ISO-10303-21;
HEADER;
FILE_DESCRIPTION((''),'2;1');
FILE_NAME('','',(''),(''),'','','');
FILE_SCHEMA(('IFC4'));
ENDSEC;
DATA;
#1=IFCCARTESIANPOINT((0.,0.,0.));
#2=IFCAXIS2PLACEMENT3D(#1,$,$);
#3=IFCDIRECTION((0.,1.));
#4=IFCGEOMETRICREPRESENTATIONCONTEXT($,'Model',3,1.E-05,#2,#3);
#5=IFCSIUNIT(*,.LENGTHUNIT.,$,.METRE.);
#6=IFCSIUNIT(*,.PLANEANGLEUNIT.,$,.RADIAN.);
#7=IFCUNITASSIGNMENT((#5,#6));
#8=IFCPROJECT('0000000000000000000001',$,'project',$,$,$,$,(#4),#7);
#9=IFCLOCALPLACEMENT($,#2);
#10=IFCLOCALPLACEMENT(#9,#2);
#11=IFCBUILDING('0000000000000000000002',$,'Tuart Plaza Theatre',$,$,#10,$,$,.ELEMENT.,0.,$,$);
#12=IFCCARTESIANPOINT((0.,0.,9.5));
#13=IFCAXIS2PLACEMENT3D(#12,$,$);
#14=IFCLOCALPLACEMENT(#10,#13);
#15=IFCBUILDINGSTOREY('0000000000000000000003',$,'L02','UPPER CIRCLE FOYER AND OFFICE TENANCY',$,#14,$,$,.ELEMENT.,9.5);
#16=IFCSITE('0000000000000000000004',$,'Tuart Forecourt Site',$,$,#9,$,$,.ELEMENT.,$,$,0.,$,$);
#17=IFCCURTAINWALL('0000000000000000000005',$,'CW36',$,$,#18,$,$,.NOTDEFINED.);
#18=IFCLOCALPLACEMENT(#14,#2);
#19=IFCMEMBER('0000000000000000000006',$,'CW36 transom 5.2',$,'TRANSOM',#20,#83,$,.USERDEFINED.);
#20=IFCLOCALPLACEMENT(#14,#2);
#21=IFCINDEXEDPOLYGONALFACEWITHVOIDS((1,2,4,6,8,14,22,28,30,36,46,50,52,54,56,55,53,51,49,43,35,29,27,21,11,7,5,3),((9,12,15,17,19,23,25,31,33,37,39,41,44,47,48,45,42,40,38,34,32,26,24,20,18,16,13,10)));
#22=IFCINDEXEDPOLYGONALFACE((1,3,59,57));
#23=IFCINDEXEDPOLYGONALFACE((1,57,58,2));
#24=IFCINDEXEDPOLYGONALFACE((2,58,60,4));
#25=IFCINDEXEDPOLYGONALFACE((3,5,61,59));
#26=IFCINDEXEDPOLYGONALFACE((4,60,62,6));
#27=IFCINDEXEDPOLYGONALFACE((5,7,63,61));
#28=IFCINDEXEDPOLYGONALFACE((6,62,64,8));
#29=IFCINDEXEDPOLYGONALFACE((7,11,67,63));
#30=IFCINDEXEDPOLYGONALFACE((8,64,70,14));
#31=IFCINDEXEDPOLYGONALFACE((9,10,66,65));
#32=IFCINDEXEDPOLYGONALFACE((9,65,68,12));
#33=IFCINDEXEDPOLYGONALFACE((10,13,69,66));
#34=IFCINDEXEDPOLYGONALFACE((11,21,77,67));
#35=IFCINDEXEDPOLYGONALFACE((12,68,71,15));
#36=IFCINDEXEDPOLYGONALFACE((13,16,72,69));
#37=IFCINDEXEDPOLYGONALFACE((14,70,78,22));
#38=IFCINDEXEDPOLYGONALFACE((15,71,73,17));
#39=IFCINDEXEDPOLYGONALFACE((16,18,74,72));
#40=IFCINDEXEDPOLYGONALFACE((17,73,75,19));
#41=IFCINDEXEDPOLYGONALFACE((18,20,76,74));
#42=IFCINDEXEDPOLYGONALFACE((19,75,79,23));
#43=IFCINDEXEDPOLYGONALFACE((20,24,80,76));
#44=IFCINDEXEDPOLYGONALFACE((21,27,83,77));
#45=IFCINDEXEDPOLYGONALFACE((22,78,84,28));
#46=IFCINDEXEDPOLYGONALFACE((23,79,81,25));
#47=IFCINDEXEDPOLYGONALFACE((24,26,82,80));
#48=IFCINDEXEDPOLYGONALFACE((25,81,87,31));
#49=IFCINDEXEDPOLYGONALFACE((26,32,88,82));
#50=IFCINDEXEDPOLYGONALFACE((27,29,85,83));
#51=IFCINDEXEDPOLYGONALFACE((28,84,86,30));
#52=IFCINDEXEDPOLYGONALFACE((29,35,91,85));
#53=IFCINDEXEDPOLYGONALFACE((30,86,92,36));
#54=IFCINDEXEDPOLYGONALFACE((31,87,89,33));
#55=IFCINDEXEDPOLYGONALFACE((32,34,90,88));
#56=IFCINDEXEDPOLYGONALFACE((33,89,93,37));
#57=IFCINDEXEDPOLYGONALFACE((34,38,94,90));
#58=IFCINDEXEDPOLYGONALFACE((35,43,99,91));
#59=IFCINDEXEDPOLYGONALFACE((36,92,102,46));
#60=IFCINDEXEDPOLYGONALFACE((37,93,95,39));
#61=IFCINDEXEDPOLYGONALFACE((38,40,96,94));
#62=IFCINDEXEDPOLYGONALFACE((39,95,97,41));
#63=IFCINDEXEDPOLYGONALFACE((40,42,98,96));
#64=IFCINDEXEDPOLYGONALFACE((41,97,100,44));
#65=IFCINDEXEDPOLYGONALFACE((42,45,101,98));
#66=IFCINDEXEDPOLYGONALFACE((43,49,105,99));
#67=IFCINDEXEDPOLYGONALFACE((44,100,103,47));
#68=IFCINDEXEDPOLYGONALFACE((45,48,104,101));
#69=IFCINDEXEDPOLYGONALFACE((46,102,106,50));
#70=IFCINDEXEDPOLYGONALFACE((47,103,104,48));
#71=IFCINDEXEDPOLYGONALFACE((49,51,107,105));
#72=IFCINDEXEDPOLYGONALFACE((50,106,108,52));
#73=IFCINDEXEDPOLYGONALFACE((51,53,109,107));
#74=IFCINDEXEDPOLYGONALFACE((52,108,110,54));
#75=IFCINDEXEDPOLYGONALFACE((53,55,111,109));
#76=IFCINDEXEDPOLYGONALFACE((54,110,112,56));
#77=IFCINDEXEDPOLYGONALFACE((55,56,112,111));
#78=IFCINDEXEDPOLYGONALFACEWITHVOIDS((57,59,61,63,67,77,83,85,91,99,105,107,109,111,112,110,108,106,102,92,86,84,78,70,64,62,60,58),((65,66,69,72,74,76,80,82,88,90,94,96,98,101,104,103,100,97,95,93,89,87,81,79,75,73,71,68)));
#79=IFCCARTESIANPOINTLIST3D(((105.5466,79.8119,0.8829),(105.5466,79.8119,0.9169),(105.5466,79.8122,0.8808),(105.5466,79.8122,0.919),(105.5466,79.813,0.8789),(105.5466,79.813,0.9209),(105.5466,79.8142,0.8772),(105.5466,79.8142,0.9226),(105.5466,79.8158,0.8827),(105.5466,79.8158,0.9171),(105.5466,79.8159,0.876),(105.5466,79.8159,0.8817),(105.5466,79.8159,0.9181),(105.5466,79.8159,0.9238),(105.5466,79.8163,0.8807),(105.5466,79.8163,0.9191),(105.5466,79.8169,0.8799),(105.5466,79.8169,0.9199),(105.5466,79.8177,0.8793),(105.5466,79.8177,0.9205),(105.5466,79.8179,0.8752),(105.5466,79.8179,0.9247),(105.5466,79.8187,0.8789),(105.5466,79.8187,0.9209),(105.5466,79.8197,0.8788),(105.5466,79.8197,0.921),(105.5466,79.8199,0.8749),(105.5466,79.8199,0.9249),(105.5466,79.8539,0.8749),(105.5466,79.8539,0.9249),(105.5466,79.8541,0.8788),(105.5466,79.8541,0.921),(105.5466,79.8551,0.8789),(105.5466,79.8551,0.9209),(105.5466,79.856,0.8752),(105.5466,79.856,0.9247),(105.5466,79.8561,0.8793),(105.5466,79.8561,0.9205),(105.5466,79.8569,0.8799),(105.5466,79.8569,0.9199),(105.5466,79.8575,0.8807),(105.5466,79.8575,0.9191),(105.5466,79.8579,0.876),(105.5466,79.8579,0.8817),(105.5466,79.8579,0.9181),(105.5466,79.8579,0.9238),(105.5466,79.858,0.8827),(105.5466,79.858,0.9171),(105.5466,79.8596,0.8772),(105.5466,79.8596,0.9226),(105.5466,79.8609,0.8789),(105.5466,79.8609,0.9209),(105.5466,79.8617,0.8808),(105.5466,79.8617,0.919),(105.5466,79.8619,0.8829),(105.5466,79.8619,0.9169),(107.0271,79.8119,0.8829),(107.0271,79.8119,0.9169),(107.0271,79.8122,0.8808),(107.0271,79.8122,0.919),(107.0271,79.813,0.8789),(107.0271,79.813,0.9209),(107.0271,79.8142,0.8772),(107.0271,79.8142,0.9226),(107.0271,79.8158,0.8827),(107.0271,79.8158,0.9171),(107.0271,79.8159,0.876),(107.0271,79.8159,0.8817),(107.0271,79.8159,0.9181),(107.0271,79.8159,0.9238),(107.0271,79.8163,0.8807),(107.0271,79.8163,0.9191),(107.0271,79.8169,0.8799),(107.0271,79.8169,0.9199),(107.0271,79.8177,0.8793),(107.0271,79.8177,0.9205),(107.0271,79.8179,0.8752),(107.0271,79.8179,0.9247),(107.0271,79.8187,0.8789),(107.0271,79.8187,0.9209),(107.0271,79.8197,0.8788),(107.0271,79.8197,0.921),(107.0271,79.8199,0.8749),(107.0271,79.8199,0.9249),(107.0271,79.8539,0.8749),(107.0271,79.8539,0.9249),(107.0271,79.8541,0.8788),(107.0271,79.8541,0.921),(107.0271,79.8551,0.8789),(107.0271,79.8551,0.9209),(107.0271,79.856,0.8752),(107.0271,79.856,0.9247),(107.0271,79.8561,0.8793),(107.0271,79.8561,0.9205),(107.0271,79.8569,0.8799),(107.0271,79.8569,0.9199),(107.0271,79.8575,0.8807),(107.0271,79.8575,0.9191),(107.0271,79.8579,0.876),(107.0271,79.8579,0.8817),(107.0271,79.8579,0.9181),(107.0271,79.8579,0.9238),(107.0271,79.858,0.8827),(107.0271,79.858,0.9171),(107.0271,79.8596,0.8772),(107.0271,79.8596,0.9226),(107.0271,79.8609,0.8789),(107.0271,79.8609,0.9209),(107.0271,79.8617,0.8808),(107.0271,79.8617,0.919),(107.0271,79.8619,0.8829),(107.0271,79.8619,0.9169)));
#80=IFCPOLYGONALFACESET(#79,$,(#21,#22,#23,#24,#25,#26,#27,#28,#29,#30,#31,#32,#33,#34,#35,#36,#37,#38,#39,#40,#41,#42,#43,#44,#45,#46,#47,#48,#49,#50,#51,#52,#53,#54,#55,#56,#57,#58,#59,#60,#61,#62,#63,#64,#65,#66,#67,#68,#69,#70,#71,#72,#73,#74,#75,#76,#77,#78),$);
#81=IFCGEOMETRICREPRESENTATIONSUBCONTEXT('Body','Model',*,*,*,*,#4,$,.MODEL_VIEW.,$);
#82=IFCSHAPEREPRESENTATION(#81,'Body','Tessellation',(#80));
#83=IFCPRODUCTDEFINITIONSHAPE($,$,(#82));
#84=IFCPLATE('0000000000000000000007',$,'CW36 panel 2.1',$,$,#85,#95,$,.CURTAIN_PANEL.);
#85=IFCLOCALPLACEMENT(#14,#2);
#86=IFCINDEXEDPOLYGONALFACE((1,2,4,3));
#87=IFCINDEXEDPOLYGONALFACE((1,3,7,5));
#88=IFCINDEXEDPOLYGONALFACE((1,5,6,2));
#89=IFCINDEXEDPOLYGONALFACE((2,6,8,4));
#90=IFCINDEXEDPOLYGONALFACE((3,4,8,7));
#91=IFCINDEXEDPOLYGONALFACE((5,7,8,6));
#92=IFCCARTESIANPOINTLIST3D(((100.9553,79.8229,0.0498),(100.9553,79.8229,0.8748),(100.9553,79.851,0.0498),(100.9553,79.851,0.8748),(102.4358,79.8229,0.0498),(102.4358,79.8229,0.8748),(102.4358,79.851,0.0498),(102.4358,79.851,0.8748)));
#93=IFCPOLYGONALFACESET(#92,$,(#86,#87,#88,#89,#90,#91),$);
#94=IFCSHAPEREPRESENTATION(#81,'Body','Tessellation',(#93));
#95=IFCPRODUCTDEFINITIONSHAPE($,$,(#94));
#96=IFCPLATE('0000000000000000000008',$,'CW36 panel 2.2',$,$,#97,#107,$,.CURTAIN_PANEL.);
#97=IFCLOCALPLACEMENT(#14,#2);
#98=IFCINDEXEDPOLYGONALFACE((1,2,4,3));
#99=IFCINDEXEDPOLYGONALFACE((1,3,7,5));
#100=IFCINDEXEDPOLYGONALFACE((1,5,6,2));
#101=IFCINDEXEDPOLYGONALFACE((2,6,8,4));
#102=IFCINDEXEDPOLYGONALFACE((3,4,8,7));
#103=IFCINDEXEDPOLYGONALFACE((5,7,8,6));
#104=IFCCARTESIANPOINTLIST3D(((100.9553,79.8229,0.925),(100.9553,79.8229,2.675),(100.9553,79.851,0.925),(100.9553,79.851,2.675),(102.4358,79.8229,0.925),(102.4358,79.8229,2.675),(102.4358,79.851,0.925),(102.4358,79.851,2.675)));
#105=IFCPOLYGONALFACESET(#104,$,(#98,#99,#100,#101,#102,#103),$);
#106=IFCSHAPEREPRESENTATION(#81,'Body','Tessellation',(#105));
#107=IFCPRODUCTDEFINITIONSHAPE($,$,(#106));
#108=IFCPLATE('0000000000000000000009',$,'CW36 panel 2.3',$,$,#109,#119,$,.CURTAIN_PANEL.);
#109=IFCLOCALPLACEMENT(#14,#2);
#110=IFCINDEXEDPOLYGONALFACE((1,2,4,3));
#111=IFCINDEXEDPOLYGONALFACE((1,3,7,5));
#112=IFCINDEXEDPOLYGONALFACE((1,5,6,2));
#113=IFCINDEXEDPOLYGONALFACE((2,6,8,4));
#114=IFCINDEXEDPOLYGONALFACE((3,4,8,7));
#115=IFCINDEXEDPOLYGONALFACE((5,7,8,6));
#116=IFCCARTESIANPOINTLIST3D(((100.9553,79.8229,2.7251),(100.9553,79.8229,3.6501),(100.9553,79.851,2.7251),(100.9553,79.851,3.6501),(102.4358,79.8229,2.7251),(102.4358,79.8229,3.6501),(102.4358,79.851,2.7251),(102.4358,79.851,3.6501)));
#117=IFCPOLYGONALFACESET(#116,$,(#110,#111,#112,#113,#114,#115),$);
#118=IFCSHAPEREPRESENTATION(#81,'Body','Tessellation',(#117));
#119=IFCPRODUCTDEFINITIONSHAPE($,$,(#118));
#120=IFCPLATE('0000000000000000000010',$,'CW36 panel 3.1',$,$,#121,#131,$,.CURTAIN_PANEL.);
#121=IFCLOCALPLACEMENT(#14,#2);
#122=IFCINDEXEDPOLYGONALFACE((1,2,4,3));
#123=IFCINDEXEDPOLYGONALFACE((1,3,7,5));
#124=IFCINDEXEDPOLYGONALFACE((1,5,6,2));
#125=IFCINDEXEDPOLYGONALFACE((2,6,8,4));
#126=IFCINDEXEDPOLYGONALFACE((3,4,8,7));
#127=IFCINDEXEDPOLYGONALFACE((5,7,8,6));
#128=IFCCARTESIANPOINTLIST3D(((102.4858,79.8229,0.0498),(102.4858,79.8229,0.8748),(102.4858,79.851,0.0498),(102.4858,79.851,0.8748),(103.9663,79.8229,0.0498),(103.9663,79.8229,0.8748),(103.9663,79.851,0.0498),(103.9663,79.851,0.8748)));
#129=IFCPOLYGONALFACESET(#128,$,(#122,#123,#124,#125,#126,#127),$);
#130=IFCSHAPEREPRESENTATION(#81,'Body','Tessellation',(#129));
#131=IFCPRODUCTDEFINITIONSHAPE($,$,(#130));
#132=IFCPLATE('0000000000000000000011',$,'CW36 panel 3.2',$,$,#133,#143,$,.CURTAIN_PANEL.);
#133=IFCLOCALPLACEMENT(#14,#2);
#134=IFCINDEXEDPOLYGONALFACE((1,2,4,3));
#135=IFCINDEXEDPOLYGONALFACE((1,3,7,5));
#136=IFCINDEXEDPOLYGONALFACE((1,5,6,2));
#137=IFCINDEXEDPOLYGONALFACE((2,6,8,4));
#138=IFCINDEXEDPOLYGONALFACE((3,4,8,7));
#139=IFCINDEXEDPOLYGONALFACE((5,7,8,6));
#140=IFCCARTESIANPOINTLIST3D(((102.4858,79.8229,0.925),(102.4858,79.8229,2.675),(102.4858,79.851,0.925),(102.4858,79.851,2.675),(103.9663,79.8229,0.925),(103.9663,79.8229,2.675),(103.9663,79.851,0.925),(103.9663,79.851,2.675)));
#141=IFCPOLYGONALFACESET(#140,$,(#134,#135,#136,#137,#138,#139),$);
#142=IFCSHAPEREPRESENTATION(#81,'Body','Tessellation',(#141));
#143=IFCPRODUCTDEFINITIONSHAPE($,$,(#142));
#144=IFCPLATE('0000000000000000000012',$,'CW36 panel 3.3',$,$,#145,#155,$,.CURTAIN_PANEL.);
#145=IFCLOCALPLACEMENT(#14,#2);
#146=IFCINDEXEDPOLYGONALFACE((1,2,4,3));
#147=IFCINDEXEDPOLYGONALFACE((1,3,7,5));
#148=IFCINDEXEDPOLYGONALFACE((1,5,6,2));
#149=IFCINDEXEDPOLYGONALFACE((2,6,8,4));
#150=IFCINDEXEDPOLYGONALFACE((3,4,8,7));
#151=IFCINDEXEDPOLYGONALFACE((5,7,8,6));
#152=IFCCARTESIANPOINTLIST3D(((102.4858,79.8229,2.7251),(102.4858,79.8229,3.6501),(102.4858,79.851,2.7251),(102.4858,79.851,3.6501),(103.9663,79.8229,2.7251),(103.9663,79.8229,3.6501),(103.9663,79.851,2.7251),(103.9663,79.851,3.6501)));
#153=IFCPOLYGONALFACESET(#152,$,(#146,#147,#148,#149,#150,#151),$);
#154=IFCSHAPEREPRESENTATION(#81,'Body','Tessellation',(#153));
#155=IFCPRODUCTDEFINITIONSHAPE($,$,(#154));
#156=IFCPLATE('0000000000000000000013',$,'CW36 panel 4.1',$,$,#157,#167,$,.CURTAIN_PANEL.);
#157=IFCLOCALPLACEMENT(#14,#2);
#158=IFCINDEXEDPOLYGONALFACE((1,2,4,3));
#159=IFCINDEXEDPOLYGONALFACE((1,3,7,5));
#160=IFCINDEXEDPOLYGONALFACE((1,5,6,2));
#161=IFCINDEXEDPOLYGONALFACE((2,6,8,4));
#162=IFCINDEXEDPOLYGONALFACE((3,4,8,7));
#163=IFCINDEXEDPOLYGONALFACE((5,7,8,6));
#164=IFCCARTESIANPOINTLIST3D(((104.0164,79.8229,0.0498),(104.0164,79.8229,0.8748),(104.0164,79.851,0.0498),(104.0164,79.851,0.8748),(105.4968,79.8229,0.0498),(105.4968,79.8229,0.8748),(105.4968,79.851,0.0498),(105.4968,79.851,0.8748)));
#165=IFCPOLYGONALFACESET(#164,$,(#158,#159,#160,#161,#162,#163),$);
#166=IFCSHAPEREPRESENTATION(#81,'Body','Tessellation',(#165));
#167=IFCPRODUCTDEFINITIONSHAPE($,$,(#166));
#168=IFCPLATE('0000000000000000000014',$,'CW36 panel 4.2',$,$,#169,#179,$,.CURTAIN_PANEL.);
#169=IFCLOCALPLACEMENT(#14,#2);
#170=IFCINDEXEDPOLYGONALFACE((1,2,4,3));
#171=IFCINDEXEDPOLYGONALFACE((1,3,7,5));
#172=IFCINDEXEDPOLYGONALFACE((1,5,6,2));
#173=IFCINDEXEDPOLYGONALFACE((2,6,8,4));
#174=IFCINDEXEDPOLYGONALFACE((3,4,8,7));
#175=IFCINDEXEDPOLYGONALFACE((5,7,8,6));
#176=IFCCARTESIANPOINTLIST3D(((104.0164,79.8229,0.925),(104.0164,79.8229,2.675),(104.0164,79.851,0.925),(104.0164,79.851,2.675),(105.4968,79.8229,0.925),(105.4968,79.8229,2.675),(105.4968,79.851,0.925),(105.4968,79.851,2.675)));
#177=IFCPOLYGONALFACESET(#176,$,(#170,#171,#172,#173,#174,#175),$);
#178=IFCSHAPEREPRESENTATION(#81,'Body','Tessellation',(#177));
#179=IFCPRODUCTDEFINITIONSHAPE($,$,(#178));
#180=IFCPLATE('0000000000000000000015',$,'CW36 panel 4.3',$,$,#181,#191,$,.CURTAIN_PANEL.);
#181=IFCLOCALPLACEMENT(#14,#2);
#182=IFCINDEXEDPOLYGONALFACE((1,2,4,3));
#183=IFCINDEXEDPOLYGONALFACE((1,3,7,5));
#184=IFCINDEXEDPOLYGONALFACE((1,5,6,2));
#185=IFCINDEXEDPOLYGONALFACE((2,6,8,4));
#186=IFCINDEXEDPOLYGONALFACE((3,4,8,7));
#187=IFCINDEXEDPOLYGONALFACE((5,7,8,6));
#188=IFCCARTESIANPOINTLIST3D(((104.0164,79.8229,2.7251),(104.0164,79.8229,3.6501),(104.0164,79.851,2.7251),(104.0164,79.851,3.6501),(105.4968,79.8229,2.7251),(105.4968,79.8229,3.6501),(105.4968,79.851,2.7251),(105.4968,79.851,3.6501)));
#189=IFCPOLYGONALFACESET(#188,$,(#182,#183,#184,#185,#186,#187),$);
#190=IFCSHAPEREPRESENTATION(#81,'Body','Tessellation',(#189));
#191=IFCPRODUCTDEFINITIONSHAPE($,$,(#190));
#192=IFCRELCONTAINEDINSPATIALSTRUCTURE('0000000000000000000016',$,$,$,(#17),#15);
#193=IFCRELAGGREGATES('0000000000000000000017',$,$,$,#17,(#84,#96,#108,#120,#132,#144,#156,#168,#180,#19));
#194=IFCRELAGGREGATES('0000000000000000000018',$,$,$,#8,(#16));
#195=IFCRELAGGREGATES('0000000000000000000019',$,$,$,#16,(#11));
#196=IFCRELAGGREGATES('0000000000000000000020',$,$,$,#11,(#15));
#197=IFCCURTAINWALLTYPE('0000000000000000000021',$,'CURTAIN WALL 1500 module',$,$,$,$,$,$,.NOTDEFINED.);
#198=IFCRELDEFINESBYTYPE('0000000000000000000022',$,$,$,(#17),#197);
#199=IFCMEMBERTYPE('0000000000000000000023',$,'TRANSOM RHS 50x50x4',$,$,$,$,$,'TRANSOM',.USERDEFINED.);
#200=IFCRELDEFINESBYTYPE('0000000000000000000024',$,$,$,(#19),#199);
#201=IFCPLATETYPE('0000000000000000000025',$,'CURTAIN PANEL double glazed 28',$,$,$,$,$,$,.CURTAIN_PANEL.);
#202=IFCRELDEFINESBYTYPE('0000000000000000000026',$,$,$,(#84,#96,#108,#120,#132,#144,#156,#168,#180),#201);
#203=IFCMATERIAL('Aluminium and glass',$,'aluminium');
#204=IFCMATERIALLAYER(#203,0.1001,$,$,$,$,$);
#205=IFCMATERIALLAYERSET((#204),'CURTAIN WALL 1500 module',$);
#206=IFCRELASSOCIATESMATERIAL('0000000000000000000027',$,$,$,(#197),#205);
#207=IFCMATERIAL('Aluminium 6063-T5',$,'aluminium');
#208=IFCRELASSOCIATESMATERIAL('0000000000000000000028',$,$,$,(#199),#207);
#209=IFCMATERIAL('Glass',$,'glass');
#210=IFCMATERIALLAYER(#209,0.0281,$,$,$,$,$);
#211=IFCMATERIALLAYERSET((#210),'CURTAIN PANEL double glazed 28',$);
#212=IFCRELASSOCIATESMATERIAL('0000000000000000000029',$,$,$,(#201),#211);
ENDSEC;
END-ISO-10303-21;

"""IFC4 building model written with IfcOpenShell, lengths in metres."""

from ifc_helpers import new_model, si_unit, direction, frame, origin, origin_2d, place, context, subcontext, project, spatial, rectangle, hollow_rectangle, extrude, material, layer, layer_set, material_profile, profile_set, type_object, element, aggregate, save


model = new_model("IFC4")

# Units and contexts
model_context = context("Model", 3, precision=1e-05, world=origin(), true_north=direction((0.0, 1.0)))
body_context = subcontext(model_context, "Body", "Model", "MODEL_VIEW")
ifc_project = project(units=[si_unit("LENGTHUNIT", "METRE"), si_unit("PLANEANGLEUNIT", "RADIAN")], contexts=[model_context])

# Site, building, storey
site_placement = place(None, origin())
site = spatial("IfcSite", under=ifc_project, at=site_placement, Name="Tuart Forecourt Site", CompositionType="ELEMENT", RefElevation=0.0)
building_placement = place(site_placement, origin())
building = spatial("IfcBuilding", under=site, at=building_placement, Name="Tuart Plaza Theatre", CompositionType="ELEMENT", ElevationOfRefHeight=0.0)
storey_placement = place(building_placement, frame((0.0, 0.0, 9.5)))
storey = spatial("IfcBuildingStorey", under=building, at=storey_placement, Name="L02", Description="UPPER CIRCLE FOYER AND OFFICE TENANCY", CompositionType="ELEMENT", Elevation=9.5)

# Curtain wall, member, plates
ifc_material_1 = material(Name="Aluminium and glass", Category="aluminium")
ifc_layer_1 = layer(ifc_material_1, 0.1001)
ifc_layer_set_1 = layer_set([ifc_layer_1], Name="CURTAIN WALL 1500 module")
curtain_wall_type = type_object("IfcCurtainWallType", Name="CURTAIN WALL 1500 module", PredefinedType="NOTDEFINED", material=ifc_layer_set_1)
curtain_wall_placement = place(storey_placement, origin())
curtain_wall = element("IfcCurtainWall", 1, at=curtain_wall_placement, inside=storey, type_object=curtain_wall_type, Name="CW36", PredefinedType="NOTDEFINED")
ifc_material_2 = material(Name="Aluminium 6063-T5", Category="aluminium")
ifc_material_profile_1 = material_profile(ifc_material_2, hollow_rectangle(XDim=0.05, YDim=0.05, WallThickness=0.0039, InnerFilletRadius=0.0039, OuterFilletRadius=0.0081, at=origin_2d()), Name="RHS 50x50x4")
ifc_profile_set_1 = profile_set([ifc_material_profile_1], Name="Aluminium 6063-T5")
member_type_1 = type_object("IfcMemberType", Name="TRANSOM RHS 50x50x4", ElementType="TRANSOM", PredefinedType="USERDEFINED", material=ifc_profile_set_1)
member_1_placement = place(storey_placement, frame((105.5466, 79.8369, 0.8999), z_axis=(1.0, 0.0, 0.0), x_axis=(0.0, 1.0, 0.0)))
member_1 = element("IfcMember", 2, at=member_1_placement, type_object=member_type_1, Name="CW36 transom 5.2", ObjectType="TRANSOM", PredefinedType="USERDEFINED", context=body_context, shape_type="SweptSolid", body=[
    extrude(hollow_rectangle(XDim=0.05, YDim=0.05, WallThickness=0.0039, InnerFilletRadius=0.0039, OuterFilletRadius=0.0081, at=origin_2d()), origin(), (0.0, 0.0, 1.0), 1.4805),
])
ifc_material_3 = material(Name="Glass", Category="glass")
ifc_layer_2 = layer(ifc_material_3, 0.0281)
ifc_layer_set_2 = layer_set([ifc_layer_2], Name="CURTAIN PANEL double glazed 28")
plate_type = type_object("IfcPlateType", Name="CURTAIN PANEL double glazed 28", PredefinedType="CURTAIN_PANEL", material=ifc_layer_set_2)
plate_1_placement = place(storey_placement, frame((101.6956, 79.8369, 0.0498), z_axis=(0.0, 0.0, 1.0), x_axis=(1.0, 0.0, 0.0)))
plate_1 = element("IfcPlate", 3, at=plate_1_placement, type_object=plate_type, Name="CW36 panel 2.1", PredefinedType="CURTAIN_PANEL", context=body_context, shape_type="SweptSolid", body=[
    extrude(rectangle(XDim=1.4805, YDim=0.0281, at=origin_2d()), origin(), (0.0, 0.0, 1.0), 0.825),
])
plate_2_placement = place(storey_placement, frame((101.6956, 79.8369, 0.925), z_axis=(0.0, 0.0, 1.0), x_axis=(1.0, 0.0, 0.0)))
plate_2 = element("IfcPlate", 4, at=plate_2_placement, type_object=plate_type, Name="CW36 panel 2.2", PredefinedType="CURTAIN_PANEL", context=body_context, shape_type="SweptSolid", body=[
    extrude(rectangle(XDim=1.4805, YDim=0.0281, at=origin_2d()), origin(), (0.0, 0.0, 1.0), 1.75),
])
plate_3_placement = place(storey_placement, frame((101.6956, 79.8369, 2.7251), z_axis=(0.0, 0.0, 1.0), x_axis=(1.0, 0.0, 0.0)))
plate_3 = element("IfcPlate", 5, at=plate_3_placement, type_object=plate_type, Name="CW36 panel 2.3", PredefinedType="CURTAIN_PANEL", context=body_context, shape_type="SweptSolid", body=[
    extrude(rectangle(XDim=1.4805, YDim=0.0281, at=origin_2d()), origin(), (0.0, 0.0, 1.0), 0.925),
])
plate_4_placement = place(storey_placement, frame((103.2261, 79.8369, 0.0498), z_axis=(0.0, 0.0, 1.0), x_axis=(1.0, 0.0, 0.0)))
plate_4 = element("IfcPlate", 6, at=plate_4_placement, type_object=plate_type, Name="CW36 panel 3.1", PredefinedType="CURTAIN_PANEL", context=body_context, shape_type="SweptSolid", body=[
    extrude(rectangle(XDim=1.4805, YDim=0.0281, at=origin_2d()), origin(), (0.0, 0.0, 1.0), 0.825),
])
plate_5_placement = place(storey_placement, frame((103.2261, 79.8369, 0.925), z_axis=(0.0, 0.0, 1.0), x_axis=(1.0, 0.0, 0.0)))
plate_5 = element("IfcPlate", 7, at=plate_5_placement, type_object=plate_type, Name="CW36 panel 3.2", PredefinedType="CURTAIN_PANEL", context=body_context, shape_type="SweptSolid", body=[
    extrude(rectangle(XDim=1.4805, YDim=0.0281, at=origin_2d()), origin(), (0.0, 0.0, 1.0), 1.75),
])
plate_6_placement = place(storey_placement, frame((103.2261, 79.8369, 2.7251), z_axis=(0.0, 0.0, 1.0), x_axis=(1.0, 0.0, 0.0)))
plate_6 = element("IfcPlate", 8, at=plate_6_placement, type_object=plate_type, Name="CW36 panel 3.3", PredefinedType="CURTAIN_PANEL", context=body_context, shape_type="SweptSolid", body=[
    extrude(rectangle(XDim=1.4805, YDim=0.0281, at=origin_2d()), origin(), (0.0, 0.0, 1.0), 0.925),
])
plate_7_placement = place(storey_placement, frame((104.7566, 79.8369, 0.0498), z_axis=(0.0, 0.0, 1.0), x_axis=(1.0, 0.0, 0.0)))
plate_7 = element("IfcPlate", 9, at=plate_7_placement, type_object=plate_type, Name="CW36 panel 4.1", PredefinedType="CURTAIN_PANEL", context=body_context, shape_type="SweptSolid", body=[
    extrude(rectangle(XDim=1.4805, YDim=0.0281, at=origin_2d()), origin(), (0.0, 0.0, 1.0), 0.825),
])
plate_8_placement = place(storey_placement, frame((104.7566, 79.8369, 0.925), z_axis=(0.0, 0.0, 1.0), x_axis=(1.0, 0.0, 0.0)))
plate_8 = element("IfcPlate", 10, at=plate_8_placement, type_object=plate_type, Name="CW36 panel 4.2", PredefinedType="CURTAIN_PANEL", context=body_context, shape_type="SweptSolid", body=[
    extrude(rectangle(XDim=1.4805, YDim=0.0281, at=origin_2d()), origin(), (0.0, 0.0, 1.0), 1.75),
])
plate_9_placement = place(storey_placement, frame((104.7566, 79.8369, 2.7251), z_axis=(0.0, 0.0, 1.0), x_axis=(1.0, 0.0, 0.0)))
plate_9 = element("IfcPlate", 11, at=plate_9_placement, type_object=plate_type, Name="CW36 panel 4.3", PredefinedType="CURTAIN_PANEL", context=body_context, shape_type="SweptSolid", body=[
    extrude(rectangle(XDim=1.4805, YDim=0.0281, at=origin_2d()), origin(), (0.0, 0.0, 1.0), 0.925),
])
aggregate(curtain_wall, [plate_1, plate_2, plate_3, plate_4, plate_5, plate_6, plate_7, plate_8, plate_9, member_1])

save(model, "model.ifc")
